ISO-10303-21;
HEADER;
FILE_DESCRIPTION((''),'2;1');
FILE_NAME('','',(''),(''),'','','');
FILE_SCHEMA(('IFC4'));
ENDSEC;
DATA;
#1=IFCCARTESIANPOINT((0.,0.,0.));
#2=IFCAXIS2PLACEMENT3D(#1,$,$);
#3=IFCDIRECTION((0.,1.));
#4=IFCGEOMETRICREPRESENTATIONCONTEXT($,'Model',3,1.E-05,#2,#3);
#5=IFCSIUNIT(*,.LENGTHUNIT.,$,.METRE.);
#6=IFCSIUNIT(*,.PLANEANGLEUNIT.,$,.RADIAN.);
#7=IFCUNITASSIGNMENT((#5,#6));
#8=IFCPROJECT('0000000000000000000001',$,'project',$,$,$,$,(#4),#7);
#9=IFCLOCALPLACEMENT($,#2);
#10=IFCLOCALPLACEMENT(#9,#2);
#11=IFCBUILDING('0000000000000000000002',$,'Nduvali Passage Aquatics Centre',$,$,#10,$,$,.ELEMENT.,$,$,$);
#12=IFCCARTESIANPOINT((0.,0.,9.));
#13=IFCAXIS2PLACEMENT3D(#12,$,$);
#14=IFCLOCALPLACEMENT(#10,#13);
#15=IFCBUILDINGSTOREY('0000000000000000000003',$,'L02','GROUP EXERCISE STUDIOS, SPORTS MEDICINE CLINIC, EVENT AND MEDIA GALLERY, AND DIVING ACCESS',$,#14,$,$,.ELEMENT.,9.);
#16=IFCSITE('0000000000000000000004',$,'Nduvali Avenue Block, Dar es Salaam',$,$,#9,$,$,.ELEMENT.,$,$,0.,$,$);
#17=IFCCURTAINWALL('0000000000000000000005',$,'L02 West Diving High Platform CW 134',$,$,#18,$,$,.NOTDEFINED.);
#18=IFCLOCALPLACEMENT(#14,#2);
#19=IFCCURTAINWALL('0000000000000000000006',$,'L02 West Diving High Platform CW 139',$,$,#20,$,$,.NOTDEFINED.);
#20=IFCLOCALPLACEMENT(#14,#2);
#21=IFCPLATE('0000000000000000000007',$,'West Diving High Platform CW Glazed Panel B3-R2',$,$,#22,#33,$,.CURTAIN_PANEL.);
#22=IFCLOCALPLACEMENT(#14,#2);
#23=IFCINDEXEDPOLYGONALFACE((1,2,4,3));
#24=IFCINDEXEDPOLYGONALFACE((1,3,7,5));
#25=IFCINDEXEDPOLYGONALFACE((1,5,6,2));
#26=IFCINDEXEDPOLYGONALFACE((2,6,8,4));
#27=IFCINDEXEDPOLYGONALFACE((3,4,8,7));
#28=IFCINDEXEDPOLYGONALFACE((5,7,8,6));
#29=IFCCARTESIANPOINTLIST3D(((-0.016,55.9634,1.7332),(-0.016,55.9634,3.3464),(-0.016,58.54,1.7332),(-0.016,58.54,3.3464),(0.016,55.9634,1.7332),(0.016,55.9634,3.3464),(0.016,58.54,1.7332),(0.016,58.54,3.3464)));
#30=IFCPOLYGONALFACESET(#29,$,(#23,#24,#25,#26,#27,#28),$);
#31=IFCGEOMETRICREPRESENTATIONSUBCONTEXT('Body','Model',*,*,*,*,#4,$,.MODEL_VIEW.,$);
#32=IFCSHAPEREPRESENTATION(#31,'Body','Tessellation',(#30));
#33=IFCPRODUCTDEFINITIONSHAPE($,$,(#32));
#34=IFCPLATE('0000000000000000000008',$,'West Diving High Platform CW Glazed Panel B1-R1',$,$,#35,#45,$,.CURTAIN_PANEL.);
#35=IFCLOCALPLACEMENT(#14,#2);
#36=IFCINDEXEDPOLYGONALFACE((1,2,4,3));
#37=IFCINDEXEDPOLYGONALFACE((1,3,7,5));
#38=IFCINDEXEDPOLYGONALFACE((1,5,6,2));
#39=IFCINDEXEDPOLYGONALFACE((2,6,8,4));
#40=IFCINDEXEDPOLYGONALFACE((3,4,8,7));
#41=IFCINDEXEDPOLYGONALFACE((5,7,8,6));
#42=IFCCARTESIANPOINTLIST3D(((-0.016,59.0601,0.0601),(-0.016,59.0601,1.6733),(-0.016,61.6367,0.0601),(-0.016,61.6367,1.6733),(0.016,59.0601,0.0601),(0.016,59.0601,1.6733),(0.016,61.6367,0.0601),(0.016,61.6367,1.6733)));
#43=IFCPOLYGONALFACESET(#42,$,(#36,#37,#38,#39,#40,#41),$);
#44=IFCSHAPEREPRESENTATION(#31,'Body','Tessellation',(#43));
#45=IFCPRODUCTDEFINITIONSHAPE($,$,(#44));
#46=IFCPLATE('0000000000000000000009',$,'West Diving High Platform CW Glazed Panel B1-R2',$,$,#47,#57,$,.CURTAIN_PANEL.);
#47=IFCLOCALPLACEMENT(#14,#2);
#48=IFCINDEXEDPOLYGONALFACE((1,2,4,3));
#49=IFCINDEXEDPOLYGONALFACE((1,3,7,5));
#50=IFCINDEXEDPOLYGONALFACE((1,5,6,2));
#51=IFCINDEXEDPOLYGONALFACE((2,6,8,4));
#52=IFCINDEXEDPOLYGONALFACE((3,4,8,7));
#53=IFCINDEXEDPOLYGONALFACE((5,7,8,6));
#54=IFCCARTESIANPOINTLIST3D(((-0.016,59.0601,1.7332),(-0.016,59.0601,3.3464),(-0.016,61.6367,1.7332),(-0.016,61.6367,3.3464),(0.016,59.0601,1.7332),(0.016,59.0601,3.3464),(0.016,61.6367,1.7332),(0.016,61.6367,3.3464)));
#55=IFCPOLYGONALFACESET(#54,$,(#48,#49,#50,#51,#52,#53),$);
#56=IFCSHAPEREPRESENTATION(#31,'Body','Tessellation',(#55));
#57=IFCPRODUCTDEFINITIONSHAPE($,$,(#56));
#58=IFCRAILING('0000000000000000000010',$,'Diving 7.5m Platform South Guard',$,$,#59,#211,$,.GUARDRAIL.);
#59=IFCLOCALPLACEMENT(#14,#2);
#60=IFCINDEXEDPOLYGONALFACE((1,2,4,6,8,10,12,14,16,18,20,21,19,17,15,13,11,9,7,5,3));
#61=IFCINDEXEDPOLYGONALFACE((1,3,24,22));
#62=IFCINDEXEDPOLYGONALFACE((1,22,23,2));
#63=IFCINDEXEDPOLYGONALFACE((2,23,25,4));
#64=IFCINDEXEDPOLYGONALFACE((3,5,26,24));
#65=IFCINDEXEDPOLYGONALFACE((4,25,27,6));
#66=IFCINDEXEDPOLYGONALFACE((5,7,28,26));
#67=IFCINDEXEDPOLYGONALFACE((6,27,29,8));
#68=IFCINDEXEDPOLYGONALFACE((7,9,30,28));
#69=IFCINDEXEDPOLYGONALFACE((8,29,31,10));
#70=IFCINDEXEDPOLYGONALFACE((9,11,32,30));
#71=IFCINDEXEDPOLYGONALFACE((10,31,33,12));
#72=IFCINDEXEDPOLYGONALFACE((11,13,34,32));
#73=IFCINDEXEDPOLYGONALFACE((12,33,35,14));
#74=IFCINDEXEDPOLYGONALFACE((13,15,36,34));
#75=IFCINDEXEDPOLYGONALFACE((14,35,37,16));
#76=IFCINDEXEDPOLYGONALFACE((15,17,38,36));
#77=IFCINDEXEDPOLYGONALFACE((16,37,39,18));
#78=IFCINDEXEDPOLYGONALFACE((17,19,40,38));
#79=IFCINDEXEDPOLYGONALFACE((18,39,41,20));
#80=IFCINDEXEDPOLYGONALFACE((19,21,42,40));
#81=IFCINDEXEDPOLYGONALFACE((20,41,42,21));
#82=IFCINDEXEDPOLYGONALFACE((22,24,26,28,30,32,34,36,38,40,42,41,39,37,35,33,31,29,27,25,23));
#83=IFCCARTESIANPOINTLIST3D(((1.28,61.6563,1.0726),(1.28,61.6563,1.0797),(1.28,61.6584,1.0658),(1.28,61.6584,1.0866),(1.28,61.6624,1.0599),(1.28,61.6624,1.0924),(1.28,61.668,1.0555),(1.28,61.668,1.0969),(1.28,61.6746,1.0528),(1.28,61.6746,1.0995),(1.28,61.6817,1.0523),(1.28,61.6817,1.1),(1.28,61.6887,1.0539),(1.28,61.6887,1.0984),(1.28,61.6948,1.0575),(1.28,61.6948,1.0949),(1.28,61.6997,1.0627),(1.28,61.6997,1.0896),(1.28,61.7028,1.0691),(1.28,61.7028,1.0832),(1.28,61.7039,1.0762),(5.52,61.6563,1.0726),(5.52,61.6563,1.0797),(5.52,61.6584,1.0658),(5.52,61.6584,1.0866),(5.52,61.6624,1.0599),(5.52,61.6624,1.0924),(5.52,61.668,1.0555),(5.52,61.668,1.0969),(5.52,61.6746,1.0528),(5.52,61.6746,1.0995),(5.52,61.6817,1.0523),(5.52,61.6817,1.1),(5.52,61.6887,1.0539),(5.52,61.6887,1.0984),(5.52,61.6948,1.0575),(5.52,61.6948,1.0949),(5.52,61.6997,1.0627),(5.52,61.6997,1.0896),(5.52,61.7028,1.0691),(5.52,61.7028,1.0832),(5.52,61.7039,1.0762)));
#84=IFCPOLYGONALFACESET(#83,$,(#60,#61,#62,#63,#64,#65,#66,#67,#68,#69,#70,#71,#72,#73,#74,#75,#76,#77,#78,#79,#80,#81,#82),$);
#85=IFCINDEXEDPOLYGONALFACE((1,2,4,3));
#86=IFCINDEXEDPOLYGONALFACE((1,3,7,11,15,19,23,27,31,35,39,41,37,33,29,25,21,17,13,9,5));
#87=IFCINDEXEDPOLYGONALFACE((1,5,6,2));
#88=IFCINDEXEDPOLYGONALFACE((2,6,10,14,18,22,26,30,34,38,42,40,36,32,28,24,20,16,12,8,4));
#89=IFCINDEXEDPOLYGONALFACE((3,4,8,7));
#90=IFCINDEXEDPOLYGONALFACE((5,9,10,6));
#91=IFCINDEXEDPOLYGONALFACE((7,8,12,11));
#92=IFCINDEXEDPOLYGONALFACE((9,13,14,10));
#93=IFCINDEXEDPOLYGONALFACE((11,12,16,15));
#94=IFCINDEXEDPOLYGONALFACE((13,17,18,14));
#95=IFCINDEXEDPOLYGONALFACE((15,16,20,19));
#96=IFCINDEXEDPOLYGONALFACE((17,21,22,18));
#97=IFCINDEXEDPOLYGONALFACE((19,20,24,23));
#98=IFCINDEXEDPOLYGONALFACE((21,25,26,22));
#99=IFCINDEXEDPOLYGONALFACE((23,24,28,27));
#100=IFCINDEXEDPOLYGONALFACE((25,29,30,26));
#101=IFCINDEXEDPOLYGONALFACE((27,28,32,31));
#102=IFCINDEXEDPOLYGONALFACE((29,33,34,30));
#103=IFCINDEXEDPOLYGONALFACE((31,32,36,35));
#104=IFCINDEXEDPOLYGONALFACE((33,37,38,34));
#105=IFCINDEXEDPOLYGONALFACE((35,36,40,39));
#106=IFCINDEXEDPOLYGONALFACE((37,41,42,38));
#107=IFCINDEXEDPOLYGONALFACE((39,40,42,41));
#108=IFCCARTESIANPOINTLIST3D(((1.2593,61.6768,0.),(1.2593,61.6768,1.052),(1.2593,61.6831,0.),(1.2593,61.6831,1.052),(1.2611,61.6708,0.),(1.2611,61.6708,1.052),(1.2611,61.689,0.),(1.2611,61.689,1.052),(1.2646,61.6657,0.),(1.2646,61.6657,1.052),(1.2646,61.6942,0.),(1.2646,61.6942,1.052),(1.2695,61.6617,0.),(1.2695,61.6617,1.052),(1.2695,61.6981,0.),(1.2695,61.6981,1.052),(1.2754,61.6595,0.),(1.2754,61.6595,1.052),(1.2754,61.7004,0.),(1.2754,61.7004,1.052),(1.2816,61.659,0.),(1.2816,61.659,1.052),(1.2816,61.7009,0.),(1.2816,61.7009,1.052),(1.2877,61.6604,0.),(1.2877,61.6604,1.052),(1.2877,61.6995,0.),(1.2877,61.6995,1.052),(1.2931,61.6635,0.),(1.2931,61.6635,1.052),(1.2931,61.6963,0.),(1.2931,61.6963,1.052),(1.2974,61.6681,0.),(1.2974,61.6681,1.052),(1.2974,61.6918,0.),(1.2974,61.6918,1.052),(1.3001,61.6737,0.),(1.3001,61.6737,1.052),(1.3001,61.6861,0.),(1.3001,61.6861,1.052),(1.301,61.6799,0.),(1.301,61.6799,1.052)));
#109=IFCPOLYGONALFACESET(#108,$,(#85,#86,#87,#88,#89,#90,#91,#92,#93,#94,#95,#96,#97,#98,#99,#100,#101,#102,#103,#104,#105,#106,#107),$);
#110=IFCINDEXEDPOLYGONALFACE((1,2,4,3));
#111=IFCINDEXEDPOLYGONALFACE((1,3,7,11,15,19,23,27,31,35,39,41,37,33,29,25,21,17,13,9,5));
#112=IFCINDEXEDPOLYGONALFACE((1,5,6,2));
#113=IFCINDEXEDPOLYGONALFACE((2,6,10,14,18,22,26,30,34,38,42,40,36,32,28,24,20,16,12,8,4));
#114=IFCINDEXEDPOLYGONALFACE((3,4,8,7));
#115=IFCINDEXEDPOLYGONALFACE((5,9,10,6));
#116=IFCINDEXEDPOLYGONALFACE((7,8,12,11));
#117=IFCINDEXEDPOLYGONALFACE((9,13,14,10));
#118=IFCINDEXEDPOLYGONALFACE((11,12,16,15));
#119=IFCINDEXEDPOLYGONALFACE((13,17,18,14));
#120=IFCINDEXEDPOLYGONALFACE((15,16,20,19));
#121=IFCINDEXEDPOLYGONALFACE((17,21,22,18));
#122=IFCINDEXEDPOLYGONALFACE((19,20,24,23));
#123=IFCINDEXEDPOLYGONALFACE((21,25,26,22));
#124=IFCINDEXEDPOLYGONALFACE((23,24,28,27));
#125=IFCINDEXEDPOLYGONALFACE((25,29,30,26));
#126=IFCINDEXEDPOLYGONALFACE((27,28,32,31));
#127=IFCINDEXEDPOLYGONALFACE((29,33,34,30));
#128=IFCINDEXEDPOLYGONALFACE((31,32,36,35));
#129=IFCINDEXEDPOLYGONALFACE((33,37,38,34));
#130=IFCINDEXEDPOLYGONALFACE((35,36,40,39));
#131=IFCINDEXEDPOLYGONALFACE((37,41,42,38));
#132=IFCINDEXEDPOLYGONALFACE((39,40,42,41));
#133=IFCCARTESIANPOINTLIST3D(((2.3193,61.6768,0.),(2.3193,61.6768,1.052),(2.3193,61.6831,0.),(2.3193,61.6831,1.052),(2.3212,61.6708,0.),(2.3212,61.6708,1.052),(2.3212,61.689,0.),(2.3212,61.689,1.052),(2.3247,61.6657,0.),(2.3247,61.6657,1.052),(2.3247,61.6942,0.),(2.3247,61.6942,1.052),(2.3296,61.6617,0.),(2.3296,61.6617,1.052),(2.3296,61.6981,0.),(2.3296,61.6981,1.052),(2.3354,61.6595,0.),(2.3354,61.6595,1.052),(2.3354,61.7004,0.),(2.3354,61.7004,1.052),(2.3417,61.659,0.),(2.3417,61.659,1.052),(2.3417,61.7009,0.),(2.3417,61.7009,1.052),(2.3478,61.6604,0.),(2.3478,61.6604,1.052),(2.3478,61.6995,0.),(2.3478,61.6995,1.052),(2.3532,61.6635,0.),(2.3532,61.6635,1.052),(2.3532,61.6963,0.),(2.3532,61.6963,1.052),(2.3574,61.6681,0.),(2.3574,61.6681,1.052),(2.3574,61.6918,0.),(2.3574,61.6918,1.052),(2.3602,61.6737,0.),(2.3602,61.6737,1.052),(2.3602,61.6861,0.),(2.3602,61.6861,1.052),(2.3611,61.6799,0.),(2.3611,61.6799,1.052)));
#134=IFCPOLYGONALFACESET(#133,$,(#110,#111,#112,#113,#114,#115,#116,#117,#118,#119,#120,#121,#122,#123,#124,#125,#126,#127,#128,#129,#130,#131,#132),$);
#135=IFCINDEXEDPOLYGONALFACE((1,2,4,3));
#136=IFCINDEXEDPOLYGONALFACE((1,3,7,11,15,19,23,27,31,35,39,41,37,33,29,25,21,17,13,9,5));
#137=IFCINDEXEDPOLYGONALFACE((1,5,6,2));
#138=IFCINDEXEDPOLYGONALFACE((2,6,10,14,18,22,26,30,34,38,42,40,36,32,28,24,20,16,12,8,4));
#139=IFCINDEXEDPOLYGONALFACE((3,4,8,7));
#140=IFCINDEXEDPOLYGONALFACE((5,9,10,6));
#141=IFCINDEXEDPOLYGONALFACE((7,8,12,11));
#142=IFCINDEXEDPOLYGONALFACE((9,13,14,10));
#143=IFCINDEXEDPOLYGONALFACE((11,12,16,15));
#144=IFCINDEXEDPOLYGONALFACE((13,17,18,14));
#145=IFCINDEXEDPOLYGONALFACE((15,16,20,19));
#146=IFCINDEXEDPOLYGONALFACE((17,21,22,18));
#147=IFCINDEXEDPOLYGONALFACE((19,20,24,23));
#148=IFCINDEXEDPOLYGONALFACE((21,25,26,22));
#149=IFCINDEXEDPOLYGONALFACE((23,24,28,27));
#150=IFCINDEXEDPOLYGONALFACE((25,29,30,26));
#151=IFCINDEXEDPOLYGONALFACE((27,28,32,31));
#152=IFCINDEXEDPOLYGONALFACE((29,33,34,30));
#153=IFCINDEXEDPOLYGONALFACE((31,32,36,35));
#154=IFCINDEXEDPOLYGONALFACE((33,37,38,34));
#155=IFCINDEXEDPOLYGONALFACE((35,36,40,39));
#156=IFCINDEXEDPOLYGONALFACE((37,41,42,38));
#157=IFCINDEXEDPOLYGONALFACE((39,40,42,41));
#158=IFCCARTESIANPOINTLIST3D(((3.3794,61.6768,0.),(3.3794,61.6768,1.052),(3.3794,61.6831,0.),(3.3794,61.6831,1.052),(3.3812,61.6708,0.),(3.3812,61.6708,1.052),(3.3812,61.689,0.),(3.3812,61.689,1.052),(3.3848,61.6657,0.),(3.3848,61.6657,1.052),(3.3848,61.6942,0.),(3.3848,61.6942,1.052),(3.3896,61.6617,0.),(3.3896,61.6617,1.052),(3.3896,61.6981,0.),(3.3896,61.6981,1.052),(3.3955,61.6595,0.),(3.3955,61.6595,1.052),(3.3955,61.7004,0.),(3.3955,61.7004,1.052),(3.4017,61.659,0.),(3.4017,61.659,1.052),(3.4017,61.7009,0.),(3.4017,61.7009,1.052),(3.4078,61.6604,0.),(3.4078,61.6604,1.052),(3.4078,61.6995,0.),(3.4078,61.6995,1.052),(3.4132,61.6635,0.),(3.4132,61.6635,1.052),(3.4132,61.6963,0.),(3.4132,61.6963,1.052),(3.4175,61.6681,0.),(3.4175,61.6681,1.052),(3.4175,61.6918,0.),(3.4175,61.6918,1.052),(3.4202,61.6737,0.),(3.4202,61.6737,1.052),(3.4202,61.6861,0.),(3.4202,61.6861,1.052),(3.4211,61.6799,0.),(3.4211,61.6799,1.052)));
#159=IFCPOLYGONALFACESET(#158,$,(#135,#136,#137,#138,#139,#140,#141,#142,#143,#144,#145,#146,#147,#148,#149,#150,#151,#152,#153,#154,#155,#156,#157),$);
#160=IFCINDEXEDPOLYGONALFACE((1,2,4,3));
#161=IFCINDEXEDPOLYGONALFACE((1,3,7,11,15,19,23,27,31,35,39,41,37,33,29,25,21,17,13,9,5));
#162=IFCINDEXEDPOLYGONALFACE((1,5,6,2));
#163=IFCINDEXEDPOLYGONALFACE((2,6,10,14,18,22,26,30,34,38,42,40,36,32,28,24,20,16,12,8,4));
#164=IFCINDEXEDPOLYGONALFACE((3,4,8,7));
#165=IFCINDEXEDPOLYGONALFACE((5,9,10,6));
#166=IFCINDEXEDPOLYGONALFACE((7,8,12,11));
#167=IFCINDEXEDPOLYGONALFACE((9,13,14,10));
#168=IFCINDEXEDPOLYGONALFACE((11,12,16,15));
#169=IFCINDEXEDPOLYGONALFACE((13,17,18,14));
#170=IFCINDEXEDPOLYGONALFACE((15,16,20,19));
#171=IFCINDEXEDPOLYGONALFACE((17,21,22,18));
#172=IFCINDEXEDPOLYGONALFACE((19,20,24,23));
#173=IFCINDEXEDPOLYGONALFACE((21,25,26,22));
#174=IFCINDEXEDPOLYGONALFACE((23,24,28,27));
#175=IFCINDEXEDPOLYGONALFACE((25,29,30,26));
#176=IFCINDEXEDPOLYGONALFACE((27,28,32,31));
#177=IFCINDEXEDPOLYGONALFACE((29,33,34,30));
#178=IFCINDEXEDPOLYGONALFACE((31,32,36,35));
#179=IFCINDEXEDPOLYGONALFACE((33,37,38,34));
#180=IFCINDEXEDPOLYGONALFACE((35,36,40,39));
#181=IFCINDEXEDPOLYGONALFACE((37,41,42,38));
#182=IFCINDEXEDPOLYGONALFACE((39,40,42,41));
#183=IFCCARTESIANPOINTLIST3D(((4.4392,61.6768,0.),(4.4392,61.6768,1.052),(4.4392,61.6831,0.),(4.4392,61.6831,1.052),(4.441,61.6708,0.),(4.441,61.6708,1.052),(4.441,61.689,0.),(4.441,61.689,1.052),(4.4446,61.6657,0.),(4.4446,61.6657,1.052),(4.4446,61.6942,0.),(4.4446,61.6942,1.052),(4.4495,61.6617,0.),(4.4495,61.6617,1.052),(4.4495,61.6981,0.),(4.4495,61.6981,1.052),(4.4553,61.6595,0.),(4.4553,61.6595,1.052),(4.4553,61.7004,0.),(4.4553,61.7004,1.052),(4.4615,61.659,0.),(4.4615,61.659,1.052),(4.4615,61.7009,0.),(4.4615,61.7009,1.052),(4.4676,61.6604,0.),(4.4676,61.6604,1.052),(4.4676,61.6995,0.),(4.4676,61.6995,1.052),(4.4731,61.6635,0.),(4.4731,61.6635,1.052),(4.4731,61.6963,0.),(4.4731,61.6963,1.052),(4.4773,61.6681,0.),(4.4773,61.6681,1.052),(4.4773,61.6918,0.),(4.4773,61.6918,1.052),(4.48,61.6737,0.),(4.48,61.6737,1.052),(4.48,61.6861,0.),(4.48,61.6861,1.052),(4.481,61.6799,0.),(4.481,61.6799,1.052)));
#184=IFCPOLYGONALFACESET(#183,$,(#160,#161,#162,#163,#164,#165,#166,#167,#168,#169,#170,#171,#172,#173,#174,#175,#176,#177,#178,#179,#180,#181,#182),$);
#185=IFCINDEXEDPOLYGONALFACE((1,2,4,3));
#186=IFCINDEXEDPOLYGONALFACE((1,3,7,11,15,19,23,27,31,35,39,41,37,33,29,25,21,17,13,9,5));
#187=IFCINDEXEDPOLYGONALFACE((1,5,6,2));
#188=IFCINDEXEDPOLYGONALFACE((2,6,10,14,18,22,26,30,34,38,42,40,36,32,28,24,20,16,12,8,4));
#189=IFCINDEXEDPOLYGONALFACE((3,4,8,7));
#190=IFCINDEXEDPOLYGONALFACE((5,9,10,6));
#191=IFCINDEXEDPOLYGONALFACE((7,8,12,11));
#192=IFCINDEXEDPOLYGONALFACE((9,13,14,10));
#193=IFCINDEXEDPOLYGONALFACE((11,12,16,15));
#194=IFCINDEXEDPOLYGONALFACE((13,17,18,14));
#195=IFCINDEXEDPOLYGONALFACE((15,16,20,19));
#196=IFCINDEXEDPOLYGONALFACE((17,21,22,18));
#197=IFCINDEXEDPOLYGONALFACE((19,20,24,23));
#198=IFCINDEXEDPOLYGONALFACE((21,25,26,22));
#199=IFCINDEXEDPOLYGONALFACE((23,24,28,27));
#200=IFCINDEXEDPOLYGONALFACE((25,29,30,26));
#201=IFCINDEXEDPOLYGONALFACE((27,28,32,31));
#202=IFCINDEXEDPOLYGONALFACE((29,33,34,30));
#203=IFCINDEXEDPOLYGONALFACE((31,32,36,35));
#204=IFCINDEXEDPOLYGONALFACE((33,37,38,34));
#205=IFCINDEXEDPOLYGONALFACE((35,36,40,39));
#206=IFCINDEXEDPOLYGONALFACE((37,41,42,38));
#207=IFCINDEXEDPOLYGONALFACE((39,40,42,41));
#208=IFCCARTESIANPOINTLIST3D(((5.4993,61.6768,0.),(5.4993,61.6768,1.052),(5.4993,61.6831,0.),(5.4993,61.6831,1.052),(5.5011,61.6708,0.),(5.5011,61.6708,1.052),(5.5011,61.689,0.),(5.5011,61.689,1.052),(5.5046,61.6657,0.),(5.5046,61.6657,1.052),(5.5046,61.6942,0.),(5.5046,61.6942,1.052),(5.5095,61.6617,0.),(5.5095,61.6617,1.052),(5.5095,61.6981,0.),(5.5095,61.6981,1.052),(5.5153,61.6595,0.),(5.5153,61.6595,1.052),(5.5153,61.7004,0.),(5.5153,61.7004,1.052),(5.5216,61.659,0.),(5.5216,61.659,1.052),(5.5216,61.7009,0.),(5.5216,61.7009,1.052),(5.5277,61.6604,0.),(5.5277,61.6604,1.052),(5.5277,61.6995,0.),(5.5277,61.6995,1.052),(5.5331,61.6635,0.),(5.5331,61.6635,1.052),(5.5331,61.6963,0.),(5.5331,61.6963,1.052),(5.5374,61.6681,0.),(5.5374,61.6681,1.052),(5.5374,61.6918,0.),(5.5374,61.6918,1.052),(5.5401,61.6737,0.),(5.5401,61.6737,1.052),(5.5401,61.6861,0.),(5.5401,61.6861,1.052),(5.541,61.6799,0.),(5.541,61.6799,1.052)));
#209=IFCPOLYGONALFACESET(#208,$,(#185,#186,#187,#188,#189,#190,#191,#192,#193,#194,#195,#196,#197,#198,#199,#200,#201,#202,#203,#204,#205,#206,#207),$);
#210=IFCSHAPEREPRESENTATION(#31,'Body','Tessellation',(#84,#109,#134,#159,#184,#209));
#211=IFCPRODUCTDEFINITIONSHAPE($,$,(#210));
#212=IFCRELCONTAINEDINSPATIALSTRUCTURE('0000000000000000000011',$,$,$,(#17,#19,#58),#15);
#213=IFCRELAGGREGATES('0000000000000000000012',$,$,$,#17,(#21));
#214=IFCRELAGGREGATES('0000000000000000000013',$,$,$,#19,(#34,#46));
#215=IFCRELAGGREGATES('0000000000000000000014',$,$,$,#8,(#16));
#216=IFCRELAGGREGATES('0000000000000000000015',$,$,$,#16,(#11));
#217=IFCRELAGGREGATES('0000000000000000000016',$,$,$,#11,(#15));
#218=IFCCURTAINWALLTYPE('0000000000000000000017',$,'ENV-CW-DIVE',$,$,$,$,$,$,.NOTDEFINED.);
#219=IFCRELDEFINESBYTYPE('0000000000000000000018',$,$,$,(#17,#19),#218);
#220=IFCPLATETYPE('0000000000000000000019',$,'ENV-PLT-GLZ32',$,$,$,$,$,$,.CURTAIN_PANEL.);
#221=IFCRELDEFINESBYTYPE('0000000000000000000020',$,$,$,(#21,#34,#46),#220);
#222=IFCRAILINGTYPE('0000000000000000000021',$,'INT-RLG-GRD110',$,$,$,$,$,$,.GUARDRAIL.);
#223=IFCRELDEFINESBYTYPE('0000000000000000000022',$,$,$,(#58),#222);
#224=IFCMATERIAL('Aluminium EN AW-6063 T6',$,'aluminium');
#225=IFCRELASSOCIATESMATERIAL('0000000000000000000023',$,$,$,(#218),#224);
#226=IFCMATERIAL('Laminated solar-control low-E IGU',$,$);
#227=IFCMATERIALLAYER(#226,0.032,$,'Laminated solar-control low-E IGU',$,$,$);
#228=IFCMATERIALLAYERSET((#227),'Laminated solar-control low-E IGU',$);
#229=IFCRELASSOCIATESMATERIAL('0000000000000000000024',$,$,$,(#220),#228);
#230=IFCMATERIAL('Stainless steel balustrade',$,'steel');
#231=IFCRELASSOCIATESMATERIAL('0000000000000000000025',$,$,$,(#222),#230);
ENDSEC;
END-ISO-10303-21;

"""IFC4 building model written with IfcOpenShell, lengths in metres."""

from ifc_helpers import new_model, si_unit, direction, frame, origin, origin_2d, place, context, subcontext, project, spatial, rectangle, circle, extrude, material, layer, layer_set, type_object, element, aggregate, save


model = new_model("IFC4")

# Units and contexts
model_context = context("Model", 3, precision=1e-05, world=origin(), true_north=direction((0.0, 1.0)))
body_context = subcontext(model_context, "Body", "Model", "MODEL_VIEW")
ifc_project = project(units=[si_unit("LENGTHUNIT", "METRE"), si_unit("PLANEANGLEUNIT", "RADIAN")], contexts=[model_context])

# Site, building, storey
site_placement = place(None, origin())
site = spatial("IfcSite", under=ifc_project, at=site_placement, Name="Nduvali Avenue Block, Dar es Salaam", CompositionType="ELEMENT", RefElevation=0.0)
building_placement = place(site_placement, origin())
building = spatial("IfcBuilding", under=site, at=building_placement, Name="Nduvali Passage Aquatics Centre", CompositionType="ELEMENT")
storey_placement = place(building_placement, frame((0.0, 0.0, 9.0)))
storey = spatial("IfcBuildingStorey", under=building, at=storey_placement, Name="L02", Description="GROUP EXERCISE STUDIOS, SPORTS MEDICINE CLINIC, EVENT AND MEDIA GALLERY, AND DIVING ACCESS", CompositionType="ELEMENT", Elevation=9.0)

# Curtain walls
ifc_material_1 = material(Name="Aluminium EN AW-6063 T6", Category="aluminium")
curtain_wall_type = type_object("IfcCurtainWallType", Name="ENV-CW-DIVE", PredefinedType="NOTDEFINED", material=ifc_material_1)
curtain_wall_1_placement = place(storey_placement, origin())
curtain_wall_1 = element("IfcCurtainWall", 1, at=curtain_wall_1_placement, inside=storey, type_object=curtain_wall_type, Name="L02 West Diving High Platform CW 134", PredefinedType="NOTDEFINED")
curtain_wall_2_placement = place(storey_placement, origin())
curtain_wall_2 = element("IfcCurtainWall", 2, at=curtain_wall_2_placement, inside=storey, type_object=curtain_wall_type, Name="L02 West Diving High Platform CW 139", PredefinedType="NOTDEFINED")

# Plates
ifc_material_2 = material(Name="Laminated solar-control low-E IGU")
ifc_layer = layer(ifc_material_2, 0.032, Name="Laminated solar-control low-E IGU")
ifc_layer_set = layer_set([ifc_layer], Name="Laminated solar-control low-E IGU")
plate_type = type_object("IfcPlateType", Name="ENV-PLT-GLZ32", PredefinedType="CURTAIN_PANEL", material=ifc_layer_set)
plate_1_placement = place(storey_placement, frame((0.0, 57.2517, 1.7332), z_axis=(0.0, 0.0, 1.0), x_axis=(0.0, 1.0, 0.0)))
plate_1 = element("IfcPlate", 3, at=plate_1_placement, type_object=plate_type, Name="West Diving High Platform CW Glazed Panel B3-R2", PredefinedType="CURTAIN_PANEL", context=body_context, shape_type="SweptSolid", body=[
    extrude(rectangle(XDim=2.5767, YDim=0.032, at=origin_2d()), origin(), (0.0, 0.0, 1.0), 1.6133),
])
aggregate(curtain_wall_1, [plate_1])
plate_2_placement = place(storey_placement, frame((0.0, 60.3484, 0.0601), z_axis=(0.0, 0.0, 1.0), x_axis=(0.0, 1.0, 0.0)))
plate_2 = element("IfcPlate", 4, at=plate_2_placement, type_object=plate_type, Name="West Diving High Platform CW Glazed Panel B1-R1", PredefinedType="CURTAIN_PANEL", context=body_context, shape_type="SweptSolid", body=[
    extrude(rectangle(XDim=2.5767, YDim=0.032, at=origin_2d()), origin(), (0.0, 0.0, 1.0), 1.6133),
])
plate_3_placement = place(storey_placement, frame((0.0, 60.3484, 1.7332), z_axis=(0.0, 0.0, 1.0), x_axis=(0.0, 1.0, 0.0)))
plate_3 = element("IfcPlate", 5, at=plate_3_placement, type_object=plate_type, Name="West Diving High Platform CW Glazed Panel B1-R2", PredefinedType="CURTAIN_PANEL", context=body_context, shape_type="SweptSolid", body=[
    extrude(rectangle(XDim=2.5767, YDim=0.032, at=origin_2d()), origin(), (0.0, 0.0, 1.0), 1.6133),
])
aggregate(curtain_wall_2, [plate_2, plate_3])

# Railing
ifc_material_3 = material(Name="Stainless steel balustrade", Category="steel")
railing_type = type_object("IfcRailingType", Name="INT-RLG-GRD110", PredefinedType="GUARDRAIL", material=ifc_material_3)
railing_1_placement = place(storey_placement, frame((1.28, 61.6799, 0.0)))
element("IfcRailing", 6, at=railing_1_placement, inside=storey, type_object=railing_type, Name="Diving 7.5m Platform South Guard", PredefinedType="GUARDRAIL", context=body_context, shape_type="SweptSolid", body=[
    extrude(circle(Radius=0.0239, at=origin_2d()), frame((0.0, 0.0, 1.0762), z_axis=(1.0, 0.0, 0.0), x_axis=(0.0, 1.0, 0.0)), (0.0, 0.0, 1.0), 4.24),
    extrude(circle(Radius=0.021, at=origin_2d()), origin(), (0.0, 0.0, 1.0), 1.052),
    extrude(circle(Radius=0.021, at=origin_2d()), frame((1.0601, 0.0, 0.0)), (0.0, 0.0, 1.0), 1.052),
    extrude(circle(Radius=0.021, at=origin_2d()), frame((2.1201, 0.0, 0.0)), (0.0, 0.0, 1.0), 1.052),
    extrude(circle(Radius=0.021, at=origin_2d()), frame((3.1799, 0.0, 0.0)), (0.0, 0.0, 1.0), 1.052),
    extrude(circle(Radius=0.021, at=origin_2d()), frame((4.24, 0.0, 0.0)), (0.0, 0.0, 1.0), 1.052),
])

save(model, "model.ifc")
